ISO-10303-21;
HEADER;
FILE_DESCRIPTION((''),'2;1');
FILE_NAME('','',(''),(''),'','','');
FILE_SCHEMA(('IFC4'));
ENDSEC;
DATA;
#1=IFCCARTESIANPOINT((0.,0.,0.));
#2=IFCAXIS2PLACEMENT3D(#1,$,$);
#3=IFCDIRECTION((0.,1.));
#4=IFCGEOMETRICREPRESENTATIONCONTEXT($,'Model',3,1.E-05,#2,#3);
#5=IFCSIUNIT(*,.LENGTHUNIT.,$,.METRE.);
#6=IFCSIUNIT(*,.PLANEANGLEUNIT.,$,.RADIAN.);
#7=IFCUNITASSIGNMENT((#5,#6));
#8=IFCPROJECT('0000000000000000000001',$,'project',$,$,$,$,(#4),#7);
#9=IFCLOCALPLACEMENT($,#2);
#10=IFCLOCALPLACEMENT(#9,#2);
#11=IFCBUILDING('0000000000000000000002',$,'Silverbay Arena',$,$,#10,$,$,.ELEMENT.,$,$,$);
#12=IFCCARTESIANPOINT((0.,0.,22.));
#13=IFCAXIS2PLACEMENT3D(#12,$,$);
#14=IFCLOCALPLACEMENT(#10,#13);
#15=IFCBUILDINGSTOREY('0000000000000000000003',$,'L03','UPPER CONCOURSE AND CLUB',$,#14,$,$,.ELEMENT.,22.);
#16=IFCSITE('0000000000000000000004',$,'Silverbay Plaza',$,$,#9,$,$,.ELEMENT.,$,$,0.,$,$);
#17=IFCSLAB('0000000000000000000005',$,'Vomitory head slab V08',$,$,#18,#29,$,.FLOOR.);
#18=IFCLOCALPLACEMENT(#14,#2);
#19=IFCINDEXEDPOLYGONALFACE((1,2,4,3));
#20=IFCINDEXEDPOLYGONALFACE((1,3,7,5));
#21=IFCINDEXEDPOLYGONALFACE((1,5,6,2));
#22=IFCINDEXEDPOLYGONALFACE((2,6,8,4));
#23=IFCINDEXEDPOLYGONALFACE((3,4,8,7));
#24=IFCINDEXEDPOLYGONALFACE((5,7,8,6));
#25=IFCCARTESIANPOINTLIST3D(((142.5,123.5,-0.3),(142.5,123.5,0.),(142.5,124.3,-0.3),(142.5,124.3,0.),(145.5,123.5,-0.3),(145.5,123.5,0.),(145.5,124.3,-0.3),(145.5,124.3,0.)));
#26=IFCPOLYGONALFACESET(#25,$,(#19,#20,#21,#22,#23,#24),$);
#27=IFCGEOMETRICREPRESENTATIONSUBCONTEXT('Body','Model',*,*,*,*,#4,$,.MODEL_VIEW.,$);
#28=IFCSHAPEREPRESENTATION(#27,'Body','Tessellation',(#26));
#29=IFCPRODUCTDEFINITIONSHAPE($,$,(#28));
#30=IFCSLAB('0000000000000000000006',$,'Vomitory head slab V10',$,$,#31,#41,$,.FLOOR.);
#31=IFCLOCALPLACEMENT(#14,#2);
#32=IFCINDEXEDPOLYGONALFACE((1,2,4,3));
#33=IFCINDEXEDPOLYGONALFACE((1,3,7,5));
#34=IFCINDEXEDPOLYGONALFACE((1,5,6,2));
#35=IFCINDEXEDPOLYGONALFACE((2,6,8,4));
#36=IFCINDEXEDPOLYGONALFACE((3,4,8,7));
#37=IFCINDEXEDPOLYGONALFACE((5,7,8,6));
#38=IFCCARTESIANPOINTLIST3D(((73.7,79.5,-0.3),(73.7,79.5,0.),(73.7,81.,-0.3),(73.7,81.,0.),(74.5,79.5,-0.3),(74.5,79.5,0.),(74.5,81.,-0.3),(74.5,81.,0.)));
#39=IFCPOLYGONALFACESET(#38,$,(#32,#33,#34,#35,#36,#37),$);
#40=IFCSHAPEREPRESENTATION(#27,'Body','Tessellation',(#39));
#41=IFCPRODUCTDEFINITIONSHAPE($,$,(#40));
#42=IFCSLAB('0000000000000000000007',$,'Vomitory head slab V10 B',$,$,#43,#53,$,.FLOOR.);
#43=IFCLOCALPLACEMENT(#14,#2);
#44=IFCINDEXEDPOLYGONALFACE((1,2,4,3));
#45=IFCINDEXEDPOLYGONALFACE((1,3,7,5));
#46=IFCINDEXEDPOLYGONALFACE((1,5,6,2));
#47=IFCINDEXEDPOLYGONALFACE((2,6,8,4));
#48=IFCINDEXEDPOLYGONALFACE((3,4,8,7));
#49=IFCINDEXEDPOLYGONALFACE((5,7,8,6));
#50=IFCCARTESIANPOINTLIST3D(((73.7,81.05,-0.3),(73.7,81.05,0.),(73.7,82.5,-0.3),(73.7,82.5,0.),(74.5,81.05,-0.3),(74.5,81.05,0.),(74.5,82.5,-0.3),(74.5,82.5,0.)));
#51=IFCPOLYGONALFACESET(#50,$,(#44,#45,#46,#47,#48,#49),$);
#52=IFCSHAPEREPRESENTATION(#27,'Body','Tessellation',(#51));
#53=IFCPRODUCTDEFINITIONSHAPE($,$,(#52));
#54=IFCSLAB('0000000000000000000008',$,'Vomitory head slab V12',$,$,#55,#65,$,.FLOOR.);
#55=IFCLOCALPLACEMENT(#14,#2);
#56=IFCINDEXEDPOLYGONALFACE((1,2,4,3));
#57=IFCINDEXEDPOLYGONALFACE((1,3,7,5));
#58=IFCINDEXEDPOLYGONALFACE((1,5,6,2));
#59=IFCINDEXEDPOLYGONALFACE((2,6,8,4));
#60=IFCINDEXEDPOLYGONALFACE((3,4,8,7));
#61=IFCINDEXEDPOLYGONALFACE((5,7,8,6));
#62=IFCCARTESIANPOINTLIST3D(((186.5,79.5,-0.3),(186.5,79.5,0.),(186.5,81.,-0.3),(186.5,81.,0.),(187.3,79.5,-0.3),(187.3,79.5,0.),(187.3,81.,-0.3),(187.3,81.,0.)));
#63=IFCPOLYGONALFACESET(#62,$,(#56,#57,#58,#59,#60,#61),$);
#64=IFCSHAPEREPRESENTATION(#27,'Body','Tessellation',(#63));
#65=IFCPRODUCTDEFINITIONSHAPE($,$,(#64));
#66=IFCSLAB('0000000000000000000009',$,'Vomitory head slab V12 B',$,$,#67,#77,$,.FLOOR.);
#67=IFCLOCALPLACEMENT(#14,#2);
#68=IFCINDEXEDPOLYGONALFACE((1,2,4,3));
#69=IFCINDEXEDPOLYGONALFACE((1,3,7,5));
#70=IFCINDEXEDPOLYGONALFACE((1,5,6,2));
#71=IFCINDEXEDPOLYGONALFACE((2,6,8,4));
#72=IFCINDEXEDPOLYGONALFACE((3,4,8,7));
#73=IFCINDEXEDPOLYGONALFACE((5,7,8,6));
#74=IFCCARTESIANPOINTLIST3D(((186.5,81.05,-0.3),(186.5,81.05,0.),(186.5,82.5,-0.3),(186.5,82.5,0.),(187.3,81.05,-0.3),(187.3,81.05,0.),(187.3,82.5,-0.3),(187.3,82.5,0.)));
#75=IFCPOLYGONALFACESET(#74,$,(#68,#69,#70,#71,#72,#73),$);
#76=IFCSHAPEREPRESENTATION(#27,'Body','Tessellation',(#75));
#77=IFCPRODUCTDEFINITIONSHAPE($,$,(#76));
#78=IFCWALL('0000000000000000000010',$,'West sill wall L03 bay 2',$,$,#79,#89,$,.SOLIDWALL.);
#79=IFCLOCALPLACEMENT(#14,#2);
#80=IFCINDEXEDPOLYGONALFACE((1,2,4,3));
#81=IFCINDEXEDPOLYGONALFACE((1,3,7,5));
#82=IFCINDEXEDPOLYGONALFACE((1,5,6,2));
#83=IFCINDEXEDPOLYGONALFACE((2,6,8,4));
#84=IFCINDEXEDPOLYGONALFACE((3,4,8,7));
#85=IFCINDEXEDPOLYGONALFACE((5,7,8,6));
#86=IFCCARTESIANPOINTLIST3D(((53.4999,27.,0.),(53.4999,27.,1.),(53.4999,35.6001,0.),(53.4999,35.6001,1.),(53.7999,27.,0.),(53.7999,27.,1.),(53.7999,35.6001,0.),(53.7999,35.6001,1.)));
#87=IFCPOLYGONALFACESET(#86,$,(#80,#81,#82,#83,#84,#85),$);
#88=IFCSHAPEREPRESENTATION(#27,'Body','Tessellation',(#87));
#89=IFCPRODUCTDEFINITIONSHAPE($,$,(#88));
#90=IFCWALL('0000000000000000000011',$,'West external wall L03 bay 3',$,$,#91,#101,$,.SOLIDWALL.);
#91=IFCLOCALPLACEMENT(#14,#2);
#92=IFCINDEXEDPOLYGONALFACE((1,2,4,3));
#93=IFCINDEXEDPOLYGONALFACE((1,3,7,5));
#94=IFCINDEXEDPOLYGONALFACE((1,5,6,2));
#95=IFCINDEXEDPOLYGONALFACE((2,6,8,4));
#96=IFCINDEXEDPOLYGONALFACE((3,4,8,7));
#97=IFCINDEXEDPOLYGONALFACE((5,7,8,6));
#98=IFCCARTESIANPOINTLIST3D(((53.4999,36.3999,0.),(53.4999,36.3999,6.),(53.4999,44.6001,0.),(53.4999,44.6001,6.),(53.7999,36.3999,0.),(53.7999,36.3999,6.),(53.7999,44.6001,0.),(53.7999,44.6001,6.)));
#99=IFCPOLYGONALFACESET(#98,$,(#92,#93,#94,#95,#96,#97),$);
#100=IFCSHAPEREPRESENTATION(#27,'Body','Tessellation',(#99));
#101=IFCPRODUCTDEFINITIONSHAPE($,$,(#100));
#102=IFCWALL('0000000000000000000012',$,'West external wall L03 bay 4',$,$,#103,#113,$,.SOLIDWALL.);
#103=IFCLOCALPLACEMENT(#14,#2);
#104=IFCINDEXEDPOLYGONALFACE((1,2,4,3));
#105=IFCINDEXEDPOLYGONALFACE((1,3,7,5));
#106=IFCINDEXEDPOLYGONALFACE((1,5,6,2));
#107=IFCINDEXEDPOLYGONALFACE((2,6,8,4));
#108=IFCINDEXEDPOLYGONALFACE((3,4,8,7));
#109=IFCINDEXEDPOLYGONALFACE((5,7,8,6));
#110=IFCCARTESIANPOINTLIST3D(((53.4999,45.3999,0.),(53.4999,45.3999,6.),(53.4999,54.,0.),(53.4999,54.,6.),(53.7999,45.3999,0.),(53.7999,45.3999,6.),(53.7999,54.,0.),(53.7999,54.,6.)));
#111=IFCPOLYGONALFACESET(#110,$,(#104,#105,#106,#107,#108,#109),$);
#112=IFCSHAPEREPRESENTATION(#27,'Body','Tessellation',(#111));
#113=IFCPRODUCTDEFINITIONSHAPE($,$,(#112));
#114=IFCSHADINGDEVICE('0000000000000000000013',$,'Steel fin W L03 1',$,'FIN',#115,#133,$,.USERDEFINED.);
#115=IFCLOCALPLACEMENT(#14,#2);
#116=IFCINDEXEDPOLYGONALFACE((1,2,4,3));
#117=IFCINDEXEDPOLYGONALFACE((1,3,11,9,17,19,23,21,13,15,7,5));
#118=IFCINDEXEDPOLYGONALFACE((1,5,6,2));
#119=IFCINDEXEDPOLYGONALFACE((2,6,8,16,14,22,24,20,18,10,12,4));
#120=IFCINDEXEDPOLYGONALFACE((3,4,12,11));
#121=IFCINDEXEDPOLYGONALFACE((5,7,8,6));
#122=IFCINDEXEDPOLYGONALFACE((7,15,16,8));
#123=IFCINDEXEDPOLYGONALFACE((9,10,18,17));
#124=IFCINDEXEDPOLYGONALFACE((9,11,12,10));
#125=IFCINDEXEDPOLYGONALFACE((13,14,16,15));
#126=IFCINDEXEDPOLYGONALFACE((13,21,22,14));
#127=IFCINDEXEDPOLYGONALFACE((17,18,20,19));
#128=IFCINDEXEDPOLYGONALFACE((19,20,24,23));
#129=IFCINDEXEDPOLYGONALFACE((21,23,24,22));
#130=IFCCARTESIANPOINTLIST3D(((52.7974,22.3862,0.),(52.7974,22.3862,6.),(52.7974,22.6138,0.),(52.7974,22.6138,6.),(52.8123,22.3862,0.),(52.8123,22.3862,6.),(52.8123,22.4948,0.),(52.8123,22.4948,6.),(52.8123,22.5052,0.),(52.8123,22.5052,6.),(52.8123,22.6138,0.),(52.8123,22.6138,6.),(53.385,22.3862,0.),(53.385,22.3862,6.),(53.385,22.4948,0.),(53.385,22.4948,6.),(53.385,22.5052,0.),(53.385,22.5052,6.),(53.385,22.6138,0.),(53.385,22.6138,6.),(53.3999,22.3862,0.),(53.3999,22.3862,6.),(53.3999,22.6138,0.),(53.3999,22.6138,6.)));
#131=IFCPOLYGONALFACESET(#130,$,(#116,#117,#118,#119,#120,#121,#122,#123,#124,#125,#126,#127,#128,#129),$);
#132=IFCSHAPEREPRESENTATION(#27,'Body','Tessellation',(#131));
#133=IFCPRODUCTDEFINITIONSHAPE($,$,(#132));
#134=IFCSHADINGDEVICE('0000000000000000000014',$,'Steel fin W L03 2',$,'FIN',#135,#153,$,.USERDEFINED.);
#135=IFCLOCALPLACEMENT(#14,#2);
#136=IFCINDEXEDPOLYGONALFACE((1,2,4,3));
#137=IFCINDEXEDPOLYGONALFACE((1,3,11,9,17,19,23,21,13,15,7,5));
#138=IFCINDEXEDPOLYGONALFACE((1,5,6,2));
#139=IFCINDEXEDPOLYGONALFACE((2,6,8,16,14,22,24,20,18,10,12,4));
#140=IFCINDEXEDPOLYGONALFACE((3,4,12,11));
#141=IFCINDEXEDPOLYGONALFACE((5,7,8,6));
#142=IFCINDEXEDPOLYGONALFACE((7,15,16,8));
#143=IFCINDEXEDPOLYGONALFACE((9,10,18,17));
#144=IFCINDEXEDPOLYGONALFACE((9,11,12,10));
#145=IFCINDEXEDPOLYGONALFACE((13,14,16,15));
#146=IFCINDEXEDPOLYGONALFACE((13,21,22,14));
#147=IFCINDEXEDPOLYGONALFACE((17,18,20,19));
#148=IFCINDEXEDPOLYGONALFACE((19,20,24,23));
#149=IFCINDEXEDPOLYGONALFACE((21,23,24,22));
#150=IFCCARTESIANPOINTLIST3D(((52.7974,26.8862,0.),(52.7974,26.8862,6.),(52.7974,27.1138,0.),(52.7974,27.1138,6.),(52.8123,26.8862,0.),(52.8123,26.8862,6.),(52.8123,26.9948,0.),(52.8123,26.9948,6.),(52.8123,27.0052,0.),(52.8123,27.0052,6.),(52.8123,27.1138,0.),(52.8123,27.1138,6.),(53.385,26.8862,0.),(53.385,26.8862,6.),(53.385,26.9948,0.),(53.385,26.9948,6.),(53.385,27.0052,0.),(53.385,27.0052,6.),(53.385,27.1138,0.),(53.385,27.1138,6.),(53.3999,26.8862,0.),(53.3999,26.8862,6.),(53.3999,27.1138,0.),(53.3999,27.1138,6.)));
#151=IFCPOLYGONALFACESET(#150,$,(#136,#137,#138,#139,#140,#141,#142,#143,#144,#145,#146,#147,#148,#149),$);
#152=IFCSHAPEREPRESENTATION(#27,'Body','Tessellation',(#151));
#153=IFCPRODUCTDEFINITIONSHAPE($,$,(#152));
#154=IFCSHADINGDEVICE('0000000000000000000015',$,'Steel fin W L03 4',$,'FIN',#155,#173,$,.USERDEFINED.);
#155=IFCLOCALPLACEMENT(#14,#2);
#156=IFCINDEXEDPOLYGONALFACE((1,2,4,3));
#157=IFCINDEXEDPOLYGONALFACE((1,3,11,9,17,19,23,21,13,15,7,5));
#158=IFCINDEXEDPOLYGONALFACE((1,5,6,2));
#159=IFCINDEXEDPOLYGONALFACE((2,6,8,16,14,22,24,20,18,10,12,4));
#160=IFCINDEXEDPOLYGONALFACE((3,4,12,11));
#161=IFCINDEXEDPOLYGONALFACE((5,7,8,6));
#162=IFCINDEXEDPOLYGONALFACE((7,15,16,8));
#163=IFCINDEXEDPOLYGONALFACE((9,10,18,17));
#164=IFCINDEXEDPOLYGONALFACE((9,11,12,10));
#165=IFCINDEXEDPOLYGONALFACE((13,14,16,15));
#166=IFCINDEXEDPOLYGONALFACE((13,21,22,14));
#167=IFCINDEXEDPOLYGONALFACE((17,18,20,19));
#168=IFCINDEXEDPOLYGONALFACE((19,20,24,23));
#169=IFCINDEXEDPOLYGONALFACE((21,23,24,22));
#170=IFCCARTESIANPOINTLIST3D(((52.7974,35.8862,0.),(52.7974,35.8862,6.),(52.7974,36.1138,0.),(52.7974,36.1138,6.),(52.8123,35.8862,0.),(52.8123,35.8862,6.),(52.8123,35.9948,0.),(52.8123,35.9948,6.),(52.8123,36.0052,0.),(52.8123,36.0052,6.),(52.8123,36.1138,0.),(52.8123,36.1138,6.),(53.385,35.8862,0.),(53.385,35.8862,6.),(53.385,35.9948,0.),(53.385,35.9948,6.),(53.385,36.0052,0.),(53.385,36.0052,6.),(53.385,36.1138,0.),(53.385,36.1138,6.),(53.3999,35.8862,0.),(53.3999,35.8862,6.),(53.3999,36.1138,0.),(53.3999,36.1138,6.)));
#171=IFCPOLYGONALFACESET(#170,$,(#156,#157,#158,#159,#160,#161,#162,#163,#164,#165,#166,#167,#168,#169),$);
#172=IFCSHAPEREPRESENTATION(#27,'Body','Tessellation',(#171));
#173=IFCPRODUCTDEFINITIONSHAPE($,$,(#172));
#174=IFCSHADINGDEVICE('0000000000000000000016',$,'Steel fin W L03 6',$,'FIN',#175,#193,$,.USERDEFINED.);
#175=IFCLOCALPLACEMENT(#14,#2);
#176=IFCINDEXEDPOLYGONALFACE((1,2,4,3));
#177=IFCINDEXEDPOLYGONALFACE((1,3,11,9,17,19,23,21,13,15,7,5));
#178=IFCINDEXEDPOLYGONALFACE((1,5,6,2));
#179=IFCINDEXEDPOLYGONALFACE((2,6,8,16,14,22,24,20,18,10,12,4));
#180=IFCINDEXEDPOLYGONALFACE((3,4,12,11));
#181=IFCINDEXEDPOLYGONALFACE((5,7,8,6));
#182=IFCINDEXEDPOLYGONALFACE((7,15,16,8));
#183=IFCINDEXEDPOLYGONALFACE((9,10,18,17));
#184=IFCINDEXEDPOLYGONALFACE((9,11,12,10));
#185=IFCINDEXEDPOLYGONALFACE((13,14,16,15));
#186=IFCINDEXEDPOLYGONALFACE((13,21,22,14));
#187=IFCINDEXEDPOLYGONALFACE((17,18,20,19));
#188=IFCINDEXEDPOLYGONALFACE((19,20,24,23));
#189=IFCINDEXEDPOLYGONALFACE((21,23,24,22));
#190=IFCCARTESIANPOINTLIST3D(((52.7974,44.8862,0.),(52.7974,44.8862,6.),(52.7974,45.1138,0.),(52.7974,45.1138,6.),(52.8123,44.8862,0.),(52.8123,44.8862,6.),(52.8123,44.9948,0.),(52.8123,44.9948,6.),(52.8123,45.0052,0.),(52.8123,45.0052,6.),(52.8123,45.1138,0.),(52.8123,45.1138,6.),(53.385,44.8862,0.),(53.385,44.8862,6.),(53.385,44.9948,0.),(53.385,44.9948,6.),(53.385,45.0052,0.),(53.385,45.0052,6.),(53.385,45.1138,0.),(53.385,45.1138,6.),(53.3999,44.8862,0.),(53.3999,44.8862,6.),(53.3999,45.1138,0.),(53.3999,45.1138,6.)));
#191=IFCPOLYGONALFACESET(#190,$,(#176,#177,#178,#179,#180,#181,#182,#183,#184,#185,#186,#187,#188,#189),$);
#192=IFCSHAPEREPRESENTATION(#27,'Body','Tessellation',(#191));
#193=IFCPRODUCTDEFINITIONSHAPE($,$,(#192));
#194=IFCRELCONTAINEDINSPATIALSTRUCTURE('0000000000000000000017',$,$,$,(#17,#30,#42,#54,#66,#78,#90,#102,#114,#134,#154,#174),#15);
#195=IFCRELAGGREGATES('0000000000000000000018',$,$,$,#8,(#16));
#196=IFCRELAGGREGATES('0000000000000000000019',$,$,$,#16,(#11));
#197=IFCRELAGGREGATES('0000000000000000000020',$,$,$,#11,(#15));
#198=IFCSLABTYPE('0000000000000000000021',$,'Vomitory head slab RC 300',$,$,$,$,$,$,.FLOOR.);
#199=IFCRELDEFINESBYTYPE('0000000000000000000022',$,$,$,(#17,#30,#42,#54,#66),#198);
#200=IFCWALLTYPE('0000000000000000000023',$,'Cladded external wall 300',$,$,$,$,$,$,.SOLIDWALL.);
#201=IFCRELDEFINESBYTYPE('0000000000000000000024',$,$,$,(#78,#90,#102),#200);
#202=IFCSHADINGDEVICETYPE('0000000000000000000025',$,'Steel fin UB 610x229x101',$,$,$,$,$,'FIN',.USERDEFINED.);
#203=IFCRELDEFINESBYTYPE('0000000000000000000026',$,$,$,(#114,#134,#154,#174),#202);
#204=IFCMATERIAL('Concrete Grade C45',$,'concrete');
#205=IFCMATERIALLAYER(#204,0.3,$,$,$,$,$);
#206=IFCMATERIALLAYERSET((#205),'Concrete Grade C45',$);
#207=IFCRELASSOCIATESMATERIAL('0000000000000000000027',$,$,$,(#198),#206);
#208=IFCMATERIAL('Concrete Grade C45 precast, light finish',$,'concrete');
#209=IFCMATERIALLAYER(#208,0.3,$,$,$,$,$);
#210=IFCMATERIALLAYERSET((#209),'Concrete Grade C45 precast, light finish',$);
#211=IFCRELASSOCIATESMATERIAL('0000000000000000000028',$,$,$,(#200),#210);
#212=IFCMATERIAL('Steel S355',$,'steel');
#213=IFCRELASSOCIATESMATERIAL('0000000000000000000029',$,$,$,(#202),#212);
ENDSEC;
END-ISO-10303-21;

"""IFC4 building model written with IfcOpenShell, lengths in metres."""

from ifc_helpers import new_model, si_unit, direction, frame, frame_2d, origin, origin_2d, place, context, subcontext, project, spatial, polyline, rectangle, i_section, outline, extrude, material, layer, layer_set, material_profile, profile_set, type_object, element, save


model = new_model("IFC4")

# Units and contexts
model_context = context("Model", 3, precision=1e-05, world=origin(), true_north=direction((0.0, 1.0)))
body_context = subcontext(model_context, "Body", "Model", "MODEL_VIEW")
ifc_project = project(units=[si_unit("LENGTHUNIT", "METRE"), si_unit("PLANEANGLEUNIT", "RADIAN")], contexts=[model_context])

# Site, building, storey
site_placement = place(None, origin())
site = spatial("IfcSite", under=ifc_project, at=site_placement, Name="Silverbay Plaza", CompositionType="ELEMENT", RefElevation=0.0)
building_placement = place(site_placement, origin())
building = spatial("IfcBuilding", under=site, at=building_placement, Name="Silverbay Arena", CompositionType="ELEMENT")
storey_placement = place(building_placement, frame((0.0, 0.0, 22.0)))
storey = spatial("IfcBuildingStorey", under=building, at=storey_placement, Name="L03", Description="UPPER CONCOURSE AND CLUB", CompositionType="ELEMENT", Elevation=22.0)

# Slabs
ifc_material_1 = material(Name="Concrete Grade C45", Category="concrete")
ifc_layer_1 = layer(ifc_material_1, 0.3)
ifc_layer_set_1 = layer_set([ifc_layer_1], Name="Concrete Grade C45")
slab_type_1 = type_object("IfcSlabType", Name="Vomitory head slab RC 300", PredefinedType="FLOOR", material=ifc_layer_set_1)
slab_1_placement = place(storey_placement, frame((0.0, 0.0, -0.3)))
element("IfcSlab", 1, at=slab_1_placement, inside=storey, type_object=slab_type_1, Name="Vomitory head slab V08", PredefinedType="FLOOR", context=body_context, shape_type="SweptSolid", body=[
    extrude(outline(polyline([(142.5, 123.5), (145.5, 123.5), (145.5, 124.3), (142.5, 124.3), (142.5, 123.5)])), origin(), (0.0, 0.0, 1.0), 0.3),
])
slab_2_placement = place(storey_placement, frame((0.0, 0.0, -0.3)))
element("IfcSlab", 2, at=slab_2_placement, inside=storey, type_object=slab_type_1, Name="Vomitory head slab V10", PredefinedType="FLOOR", context=body_context, shape_type="SweptSolid", body=[
    extrude(outline(polyline([(73.7, 79.5), (74.5, 79.5), (74.5, 81.0), (73.7, 81.0), (73.7, 79.5)])), origin(), (0.0, 0.0, 1.0), 0.3),
])
slab_3_placement = place(storey_placement, frame((0.0, 0.0, -0.3)))
element("IfcSlab", 3, at=slab_3_placement, inside=storey, type_object=slab_type_1, Name="Vomitory head slab V10 B", PredefinedType="FLOOR", context=body_context, shape_type="SweptSolid", body=[
    extrude(outline(polyline([(73.7, 81.05), (74.5, 81.05), (74.5, 82.5), (73.7, 82.5), (73.7, 81.05)])), origin(), (0.0, 0.0, 1.0), 0.3),
])
slab_4_placement = place(storey_placement, frame((0.0, 0.0, -0.3)))
element("IfcSlab", 4, at=slab_4_placement, inside=storey, type_object=slab_type_1, Name="Vomitory head slab V12", PredefinedType="FLOOR", context=body_context, shape_type="SweptSolid", body=[
    extrude(outline(polyline([(186.5, 79.5), (187.3, 79.5), (187.3, 81.0), (186.5, 81.0), (186.5, 79.5)])), origin(), (0.0, 0.0, 1.0), 0.3),
])
slab_5_placement = place(storey_placement, frame((0.0, 0.0, -0.3)))
element("IfcSlab", 5, at=slab_5_placement, inside=storey, type_object=slab_type_1, Name="Vomitory head slab V12 B", PredefinedType="FLOOR", context=body_context, shape_type="SweptSolid", body=[
    extrude(outline(polyline([(186.5, 81.05), (187.3, 81.05), (187.3, 82.5), (186.5, 82.5), (186.5, 81.05)])), origin(), (0.0, 0.0, 1.0), 0.3),
])

# Walls
ifc_material_2 = material(Name="Concrete Grade C45 precast, light finish", Category="concrete")
ifc_layer_2 = layer(ifc_material_2, 0.3)
ifc_layer_set_2 = layer_set([ifc_layer_2], Name="Concrete Grade C45 precast, light finish")
wall_type = type_object("IfcWallType", Name="Cladded external wall 300", PredefinedType="SOLIDWALL", material=ifc_layer_set_2)
wall_1_placement = place(storey_placement, frame((53.6499, 35.6001, 0.0), z_axis=(0.0, 0.0, 1.0), x_axis=(0.0, -1.0, 0.0)))
element("IfcWall", 6, at=wall_1_placement, inside=storey, type_object=wall_type, Name="West sill wall L03 bay 2", PredefinedType="SOLIDWALL", context=body_context, shape_type="SweptSolid", body=[
    extrude(rectangle(XDim=8.6001, YDim=0.3, at=frame_2d((4.3, 0.0))), origin(), (0.0, 0.0, 1.0), 1.0),
])
wall_2_placement = place(storey_placement, frame((53.6499, 44.6001, 0.0), z_axis=(0.0, 0.0, 1.0), x_axis=(0.0, -1.0, 0.0)))
element("IfcWall", 7, at=wall_2_placement, inside=storey, type_object=wall_type, Name="West external wall L03 bay 3", PredefinedType="SOLIDWALL", context=body_context, shape_type="SweptSolid", body=[
    extrude(rectangle(XDim=8.2002, YDim=0.3, at=frame_2d((4.1001, 0.0))), origin(), (0.0, 0.0, 1.0), 6.0),
])
wall_3_placement = place(storey_placement, frame((53.6499, 54.0, 0.0), z_axis=(0.0, 0.0, 1.0), x_axis=(0.0, -1.0, 0.0)))
element("IfcWall", 8, at=wall_3_placement, inside=storey, type_object=wall_type, Name="West external wall L03 bay 4", PredefinedType="SOLIDWALL", context=body_context, shape_type="SweptSolid", body=[
    extrude(rectangle(XDim=8.6001, YDim=0.3, at=frame_2d((4.3, 0.0))), origin(), (0.0, 0.0, 1.0), 6.0),
])

# Shading devices
ifc_material_3 = material(Name="Steel S355", Category="steel")
ifc_material_profile_1 = material_profile(ifc_material_3, i_section(OverallWidth=0.2275, OverallDepth=0.6025, WebThickness=0.0105, FlangeThickness=0.0149, at=origin_2d()), Name="UB 610x229x101")
ifc_profile_set_1 = profile_set([ifc_material_profile_1], Name="Steel S355")
shading_device_type = type_object("IfcShadingDeviceType", Name="Steel fin UB 610x229x101", ElementType="FIN", PredefinedType="USERDEFINED", material=ifc_profile_set_1)
for number, where, z_axis, x_axis, name in (
    (9, (53.0986, 22.5, 0.0), (0.0, 0.0, 1.0), (0.0, 1.0, 0.0), "Steel fin W L03 1"),
    (10, (53.0986, 27.0, 0.0), (0.0, 0.0, 1.0), (0.0, 1.0, 0.0), "Steel fin W L03 2"),
    (11, (53.0986, 36.0, 0.0), (0.0, 0.0, 1.0), (0.0, 1.0, 0.0), "Steel fin W L03 4"),
    (12, (53.0986, 45.0, 0.0), (0.0, 0.0, 1.0), (0.0, 1.0, 0.0), "Steel fin W L03 6"),
):
    element("IfcShadingDevice", number, at=place(storey_placement, frame(where, z_axis=z_axis, x_axis=x_axis)), inside=storey, type_object=shading_device_type, Name=name, ObjectType="FIN", PredefinedType="USERDEFINED", context=body_context, shape_type="SweptSolid", body=[
        extrude(i_section(OverallWidth=0.2275, OverallDepth=0.6025, WebThickness=0.0105, FlangeThickness=0.0149, at=origin_2d()), origin(), (0.0, 0.0, 1.0), 6.0),
    ])

save(model, "model.ifc")
